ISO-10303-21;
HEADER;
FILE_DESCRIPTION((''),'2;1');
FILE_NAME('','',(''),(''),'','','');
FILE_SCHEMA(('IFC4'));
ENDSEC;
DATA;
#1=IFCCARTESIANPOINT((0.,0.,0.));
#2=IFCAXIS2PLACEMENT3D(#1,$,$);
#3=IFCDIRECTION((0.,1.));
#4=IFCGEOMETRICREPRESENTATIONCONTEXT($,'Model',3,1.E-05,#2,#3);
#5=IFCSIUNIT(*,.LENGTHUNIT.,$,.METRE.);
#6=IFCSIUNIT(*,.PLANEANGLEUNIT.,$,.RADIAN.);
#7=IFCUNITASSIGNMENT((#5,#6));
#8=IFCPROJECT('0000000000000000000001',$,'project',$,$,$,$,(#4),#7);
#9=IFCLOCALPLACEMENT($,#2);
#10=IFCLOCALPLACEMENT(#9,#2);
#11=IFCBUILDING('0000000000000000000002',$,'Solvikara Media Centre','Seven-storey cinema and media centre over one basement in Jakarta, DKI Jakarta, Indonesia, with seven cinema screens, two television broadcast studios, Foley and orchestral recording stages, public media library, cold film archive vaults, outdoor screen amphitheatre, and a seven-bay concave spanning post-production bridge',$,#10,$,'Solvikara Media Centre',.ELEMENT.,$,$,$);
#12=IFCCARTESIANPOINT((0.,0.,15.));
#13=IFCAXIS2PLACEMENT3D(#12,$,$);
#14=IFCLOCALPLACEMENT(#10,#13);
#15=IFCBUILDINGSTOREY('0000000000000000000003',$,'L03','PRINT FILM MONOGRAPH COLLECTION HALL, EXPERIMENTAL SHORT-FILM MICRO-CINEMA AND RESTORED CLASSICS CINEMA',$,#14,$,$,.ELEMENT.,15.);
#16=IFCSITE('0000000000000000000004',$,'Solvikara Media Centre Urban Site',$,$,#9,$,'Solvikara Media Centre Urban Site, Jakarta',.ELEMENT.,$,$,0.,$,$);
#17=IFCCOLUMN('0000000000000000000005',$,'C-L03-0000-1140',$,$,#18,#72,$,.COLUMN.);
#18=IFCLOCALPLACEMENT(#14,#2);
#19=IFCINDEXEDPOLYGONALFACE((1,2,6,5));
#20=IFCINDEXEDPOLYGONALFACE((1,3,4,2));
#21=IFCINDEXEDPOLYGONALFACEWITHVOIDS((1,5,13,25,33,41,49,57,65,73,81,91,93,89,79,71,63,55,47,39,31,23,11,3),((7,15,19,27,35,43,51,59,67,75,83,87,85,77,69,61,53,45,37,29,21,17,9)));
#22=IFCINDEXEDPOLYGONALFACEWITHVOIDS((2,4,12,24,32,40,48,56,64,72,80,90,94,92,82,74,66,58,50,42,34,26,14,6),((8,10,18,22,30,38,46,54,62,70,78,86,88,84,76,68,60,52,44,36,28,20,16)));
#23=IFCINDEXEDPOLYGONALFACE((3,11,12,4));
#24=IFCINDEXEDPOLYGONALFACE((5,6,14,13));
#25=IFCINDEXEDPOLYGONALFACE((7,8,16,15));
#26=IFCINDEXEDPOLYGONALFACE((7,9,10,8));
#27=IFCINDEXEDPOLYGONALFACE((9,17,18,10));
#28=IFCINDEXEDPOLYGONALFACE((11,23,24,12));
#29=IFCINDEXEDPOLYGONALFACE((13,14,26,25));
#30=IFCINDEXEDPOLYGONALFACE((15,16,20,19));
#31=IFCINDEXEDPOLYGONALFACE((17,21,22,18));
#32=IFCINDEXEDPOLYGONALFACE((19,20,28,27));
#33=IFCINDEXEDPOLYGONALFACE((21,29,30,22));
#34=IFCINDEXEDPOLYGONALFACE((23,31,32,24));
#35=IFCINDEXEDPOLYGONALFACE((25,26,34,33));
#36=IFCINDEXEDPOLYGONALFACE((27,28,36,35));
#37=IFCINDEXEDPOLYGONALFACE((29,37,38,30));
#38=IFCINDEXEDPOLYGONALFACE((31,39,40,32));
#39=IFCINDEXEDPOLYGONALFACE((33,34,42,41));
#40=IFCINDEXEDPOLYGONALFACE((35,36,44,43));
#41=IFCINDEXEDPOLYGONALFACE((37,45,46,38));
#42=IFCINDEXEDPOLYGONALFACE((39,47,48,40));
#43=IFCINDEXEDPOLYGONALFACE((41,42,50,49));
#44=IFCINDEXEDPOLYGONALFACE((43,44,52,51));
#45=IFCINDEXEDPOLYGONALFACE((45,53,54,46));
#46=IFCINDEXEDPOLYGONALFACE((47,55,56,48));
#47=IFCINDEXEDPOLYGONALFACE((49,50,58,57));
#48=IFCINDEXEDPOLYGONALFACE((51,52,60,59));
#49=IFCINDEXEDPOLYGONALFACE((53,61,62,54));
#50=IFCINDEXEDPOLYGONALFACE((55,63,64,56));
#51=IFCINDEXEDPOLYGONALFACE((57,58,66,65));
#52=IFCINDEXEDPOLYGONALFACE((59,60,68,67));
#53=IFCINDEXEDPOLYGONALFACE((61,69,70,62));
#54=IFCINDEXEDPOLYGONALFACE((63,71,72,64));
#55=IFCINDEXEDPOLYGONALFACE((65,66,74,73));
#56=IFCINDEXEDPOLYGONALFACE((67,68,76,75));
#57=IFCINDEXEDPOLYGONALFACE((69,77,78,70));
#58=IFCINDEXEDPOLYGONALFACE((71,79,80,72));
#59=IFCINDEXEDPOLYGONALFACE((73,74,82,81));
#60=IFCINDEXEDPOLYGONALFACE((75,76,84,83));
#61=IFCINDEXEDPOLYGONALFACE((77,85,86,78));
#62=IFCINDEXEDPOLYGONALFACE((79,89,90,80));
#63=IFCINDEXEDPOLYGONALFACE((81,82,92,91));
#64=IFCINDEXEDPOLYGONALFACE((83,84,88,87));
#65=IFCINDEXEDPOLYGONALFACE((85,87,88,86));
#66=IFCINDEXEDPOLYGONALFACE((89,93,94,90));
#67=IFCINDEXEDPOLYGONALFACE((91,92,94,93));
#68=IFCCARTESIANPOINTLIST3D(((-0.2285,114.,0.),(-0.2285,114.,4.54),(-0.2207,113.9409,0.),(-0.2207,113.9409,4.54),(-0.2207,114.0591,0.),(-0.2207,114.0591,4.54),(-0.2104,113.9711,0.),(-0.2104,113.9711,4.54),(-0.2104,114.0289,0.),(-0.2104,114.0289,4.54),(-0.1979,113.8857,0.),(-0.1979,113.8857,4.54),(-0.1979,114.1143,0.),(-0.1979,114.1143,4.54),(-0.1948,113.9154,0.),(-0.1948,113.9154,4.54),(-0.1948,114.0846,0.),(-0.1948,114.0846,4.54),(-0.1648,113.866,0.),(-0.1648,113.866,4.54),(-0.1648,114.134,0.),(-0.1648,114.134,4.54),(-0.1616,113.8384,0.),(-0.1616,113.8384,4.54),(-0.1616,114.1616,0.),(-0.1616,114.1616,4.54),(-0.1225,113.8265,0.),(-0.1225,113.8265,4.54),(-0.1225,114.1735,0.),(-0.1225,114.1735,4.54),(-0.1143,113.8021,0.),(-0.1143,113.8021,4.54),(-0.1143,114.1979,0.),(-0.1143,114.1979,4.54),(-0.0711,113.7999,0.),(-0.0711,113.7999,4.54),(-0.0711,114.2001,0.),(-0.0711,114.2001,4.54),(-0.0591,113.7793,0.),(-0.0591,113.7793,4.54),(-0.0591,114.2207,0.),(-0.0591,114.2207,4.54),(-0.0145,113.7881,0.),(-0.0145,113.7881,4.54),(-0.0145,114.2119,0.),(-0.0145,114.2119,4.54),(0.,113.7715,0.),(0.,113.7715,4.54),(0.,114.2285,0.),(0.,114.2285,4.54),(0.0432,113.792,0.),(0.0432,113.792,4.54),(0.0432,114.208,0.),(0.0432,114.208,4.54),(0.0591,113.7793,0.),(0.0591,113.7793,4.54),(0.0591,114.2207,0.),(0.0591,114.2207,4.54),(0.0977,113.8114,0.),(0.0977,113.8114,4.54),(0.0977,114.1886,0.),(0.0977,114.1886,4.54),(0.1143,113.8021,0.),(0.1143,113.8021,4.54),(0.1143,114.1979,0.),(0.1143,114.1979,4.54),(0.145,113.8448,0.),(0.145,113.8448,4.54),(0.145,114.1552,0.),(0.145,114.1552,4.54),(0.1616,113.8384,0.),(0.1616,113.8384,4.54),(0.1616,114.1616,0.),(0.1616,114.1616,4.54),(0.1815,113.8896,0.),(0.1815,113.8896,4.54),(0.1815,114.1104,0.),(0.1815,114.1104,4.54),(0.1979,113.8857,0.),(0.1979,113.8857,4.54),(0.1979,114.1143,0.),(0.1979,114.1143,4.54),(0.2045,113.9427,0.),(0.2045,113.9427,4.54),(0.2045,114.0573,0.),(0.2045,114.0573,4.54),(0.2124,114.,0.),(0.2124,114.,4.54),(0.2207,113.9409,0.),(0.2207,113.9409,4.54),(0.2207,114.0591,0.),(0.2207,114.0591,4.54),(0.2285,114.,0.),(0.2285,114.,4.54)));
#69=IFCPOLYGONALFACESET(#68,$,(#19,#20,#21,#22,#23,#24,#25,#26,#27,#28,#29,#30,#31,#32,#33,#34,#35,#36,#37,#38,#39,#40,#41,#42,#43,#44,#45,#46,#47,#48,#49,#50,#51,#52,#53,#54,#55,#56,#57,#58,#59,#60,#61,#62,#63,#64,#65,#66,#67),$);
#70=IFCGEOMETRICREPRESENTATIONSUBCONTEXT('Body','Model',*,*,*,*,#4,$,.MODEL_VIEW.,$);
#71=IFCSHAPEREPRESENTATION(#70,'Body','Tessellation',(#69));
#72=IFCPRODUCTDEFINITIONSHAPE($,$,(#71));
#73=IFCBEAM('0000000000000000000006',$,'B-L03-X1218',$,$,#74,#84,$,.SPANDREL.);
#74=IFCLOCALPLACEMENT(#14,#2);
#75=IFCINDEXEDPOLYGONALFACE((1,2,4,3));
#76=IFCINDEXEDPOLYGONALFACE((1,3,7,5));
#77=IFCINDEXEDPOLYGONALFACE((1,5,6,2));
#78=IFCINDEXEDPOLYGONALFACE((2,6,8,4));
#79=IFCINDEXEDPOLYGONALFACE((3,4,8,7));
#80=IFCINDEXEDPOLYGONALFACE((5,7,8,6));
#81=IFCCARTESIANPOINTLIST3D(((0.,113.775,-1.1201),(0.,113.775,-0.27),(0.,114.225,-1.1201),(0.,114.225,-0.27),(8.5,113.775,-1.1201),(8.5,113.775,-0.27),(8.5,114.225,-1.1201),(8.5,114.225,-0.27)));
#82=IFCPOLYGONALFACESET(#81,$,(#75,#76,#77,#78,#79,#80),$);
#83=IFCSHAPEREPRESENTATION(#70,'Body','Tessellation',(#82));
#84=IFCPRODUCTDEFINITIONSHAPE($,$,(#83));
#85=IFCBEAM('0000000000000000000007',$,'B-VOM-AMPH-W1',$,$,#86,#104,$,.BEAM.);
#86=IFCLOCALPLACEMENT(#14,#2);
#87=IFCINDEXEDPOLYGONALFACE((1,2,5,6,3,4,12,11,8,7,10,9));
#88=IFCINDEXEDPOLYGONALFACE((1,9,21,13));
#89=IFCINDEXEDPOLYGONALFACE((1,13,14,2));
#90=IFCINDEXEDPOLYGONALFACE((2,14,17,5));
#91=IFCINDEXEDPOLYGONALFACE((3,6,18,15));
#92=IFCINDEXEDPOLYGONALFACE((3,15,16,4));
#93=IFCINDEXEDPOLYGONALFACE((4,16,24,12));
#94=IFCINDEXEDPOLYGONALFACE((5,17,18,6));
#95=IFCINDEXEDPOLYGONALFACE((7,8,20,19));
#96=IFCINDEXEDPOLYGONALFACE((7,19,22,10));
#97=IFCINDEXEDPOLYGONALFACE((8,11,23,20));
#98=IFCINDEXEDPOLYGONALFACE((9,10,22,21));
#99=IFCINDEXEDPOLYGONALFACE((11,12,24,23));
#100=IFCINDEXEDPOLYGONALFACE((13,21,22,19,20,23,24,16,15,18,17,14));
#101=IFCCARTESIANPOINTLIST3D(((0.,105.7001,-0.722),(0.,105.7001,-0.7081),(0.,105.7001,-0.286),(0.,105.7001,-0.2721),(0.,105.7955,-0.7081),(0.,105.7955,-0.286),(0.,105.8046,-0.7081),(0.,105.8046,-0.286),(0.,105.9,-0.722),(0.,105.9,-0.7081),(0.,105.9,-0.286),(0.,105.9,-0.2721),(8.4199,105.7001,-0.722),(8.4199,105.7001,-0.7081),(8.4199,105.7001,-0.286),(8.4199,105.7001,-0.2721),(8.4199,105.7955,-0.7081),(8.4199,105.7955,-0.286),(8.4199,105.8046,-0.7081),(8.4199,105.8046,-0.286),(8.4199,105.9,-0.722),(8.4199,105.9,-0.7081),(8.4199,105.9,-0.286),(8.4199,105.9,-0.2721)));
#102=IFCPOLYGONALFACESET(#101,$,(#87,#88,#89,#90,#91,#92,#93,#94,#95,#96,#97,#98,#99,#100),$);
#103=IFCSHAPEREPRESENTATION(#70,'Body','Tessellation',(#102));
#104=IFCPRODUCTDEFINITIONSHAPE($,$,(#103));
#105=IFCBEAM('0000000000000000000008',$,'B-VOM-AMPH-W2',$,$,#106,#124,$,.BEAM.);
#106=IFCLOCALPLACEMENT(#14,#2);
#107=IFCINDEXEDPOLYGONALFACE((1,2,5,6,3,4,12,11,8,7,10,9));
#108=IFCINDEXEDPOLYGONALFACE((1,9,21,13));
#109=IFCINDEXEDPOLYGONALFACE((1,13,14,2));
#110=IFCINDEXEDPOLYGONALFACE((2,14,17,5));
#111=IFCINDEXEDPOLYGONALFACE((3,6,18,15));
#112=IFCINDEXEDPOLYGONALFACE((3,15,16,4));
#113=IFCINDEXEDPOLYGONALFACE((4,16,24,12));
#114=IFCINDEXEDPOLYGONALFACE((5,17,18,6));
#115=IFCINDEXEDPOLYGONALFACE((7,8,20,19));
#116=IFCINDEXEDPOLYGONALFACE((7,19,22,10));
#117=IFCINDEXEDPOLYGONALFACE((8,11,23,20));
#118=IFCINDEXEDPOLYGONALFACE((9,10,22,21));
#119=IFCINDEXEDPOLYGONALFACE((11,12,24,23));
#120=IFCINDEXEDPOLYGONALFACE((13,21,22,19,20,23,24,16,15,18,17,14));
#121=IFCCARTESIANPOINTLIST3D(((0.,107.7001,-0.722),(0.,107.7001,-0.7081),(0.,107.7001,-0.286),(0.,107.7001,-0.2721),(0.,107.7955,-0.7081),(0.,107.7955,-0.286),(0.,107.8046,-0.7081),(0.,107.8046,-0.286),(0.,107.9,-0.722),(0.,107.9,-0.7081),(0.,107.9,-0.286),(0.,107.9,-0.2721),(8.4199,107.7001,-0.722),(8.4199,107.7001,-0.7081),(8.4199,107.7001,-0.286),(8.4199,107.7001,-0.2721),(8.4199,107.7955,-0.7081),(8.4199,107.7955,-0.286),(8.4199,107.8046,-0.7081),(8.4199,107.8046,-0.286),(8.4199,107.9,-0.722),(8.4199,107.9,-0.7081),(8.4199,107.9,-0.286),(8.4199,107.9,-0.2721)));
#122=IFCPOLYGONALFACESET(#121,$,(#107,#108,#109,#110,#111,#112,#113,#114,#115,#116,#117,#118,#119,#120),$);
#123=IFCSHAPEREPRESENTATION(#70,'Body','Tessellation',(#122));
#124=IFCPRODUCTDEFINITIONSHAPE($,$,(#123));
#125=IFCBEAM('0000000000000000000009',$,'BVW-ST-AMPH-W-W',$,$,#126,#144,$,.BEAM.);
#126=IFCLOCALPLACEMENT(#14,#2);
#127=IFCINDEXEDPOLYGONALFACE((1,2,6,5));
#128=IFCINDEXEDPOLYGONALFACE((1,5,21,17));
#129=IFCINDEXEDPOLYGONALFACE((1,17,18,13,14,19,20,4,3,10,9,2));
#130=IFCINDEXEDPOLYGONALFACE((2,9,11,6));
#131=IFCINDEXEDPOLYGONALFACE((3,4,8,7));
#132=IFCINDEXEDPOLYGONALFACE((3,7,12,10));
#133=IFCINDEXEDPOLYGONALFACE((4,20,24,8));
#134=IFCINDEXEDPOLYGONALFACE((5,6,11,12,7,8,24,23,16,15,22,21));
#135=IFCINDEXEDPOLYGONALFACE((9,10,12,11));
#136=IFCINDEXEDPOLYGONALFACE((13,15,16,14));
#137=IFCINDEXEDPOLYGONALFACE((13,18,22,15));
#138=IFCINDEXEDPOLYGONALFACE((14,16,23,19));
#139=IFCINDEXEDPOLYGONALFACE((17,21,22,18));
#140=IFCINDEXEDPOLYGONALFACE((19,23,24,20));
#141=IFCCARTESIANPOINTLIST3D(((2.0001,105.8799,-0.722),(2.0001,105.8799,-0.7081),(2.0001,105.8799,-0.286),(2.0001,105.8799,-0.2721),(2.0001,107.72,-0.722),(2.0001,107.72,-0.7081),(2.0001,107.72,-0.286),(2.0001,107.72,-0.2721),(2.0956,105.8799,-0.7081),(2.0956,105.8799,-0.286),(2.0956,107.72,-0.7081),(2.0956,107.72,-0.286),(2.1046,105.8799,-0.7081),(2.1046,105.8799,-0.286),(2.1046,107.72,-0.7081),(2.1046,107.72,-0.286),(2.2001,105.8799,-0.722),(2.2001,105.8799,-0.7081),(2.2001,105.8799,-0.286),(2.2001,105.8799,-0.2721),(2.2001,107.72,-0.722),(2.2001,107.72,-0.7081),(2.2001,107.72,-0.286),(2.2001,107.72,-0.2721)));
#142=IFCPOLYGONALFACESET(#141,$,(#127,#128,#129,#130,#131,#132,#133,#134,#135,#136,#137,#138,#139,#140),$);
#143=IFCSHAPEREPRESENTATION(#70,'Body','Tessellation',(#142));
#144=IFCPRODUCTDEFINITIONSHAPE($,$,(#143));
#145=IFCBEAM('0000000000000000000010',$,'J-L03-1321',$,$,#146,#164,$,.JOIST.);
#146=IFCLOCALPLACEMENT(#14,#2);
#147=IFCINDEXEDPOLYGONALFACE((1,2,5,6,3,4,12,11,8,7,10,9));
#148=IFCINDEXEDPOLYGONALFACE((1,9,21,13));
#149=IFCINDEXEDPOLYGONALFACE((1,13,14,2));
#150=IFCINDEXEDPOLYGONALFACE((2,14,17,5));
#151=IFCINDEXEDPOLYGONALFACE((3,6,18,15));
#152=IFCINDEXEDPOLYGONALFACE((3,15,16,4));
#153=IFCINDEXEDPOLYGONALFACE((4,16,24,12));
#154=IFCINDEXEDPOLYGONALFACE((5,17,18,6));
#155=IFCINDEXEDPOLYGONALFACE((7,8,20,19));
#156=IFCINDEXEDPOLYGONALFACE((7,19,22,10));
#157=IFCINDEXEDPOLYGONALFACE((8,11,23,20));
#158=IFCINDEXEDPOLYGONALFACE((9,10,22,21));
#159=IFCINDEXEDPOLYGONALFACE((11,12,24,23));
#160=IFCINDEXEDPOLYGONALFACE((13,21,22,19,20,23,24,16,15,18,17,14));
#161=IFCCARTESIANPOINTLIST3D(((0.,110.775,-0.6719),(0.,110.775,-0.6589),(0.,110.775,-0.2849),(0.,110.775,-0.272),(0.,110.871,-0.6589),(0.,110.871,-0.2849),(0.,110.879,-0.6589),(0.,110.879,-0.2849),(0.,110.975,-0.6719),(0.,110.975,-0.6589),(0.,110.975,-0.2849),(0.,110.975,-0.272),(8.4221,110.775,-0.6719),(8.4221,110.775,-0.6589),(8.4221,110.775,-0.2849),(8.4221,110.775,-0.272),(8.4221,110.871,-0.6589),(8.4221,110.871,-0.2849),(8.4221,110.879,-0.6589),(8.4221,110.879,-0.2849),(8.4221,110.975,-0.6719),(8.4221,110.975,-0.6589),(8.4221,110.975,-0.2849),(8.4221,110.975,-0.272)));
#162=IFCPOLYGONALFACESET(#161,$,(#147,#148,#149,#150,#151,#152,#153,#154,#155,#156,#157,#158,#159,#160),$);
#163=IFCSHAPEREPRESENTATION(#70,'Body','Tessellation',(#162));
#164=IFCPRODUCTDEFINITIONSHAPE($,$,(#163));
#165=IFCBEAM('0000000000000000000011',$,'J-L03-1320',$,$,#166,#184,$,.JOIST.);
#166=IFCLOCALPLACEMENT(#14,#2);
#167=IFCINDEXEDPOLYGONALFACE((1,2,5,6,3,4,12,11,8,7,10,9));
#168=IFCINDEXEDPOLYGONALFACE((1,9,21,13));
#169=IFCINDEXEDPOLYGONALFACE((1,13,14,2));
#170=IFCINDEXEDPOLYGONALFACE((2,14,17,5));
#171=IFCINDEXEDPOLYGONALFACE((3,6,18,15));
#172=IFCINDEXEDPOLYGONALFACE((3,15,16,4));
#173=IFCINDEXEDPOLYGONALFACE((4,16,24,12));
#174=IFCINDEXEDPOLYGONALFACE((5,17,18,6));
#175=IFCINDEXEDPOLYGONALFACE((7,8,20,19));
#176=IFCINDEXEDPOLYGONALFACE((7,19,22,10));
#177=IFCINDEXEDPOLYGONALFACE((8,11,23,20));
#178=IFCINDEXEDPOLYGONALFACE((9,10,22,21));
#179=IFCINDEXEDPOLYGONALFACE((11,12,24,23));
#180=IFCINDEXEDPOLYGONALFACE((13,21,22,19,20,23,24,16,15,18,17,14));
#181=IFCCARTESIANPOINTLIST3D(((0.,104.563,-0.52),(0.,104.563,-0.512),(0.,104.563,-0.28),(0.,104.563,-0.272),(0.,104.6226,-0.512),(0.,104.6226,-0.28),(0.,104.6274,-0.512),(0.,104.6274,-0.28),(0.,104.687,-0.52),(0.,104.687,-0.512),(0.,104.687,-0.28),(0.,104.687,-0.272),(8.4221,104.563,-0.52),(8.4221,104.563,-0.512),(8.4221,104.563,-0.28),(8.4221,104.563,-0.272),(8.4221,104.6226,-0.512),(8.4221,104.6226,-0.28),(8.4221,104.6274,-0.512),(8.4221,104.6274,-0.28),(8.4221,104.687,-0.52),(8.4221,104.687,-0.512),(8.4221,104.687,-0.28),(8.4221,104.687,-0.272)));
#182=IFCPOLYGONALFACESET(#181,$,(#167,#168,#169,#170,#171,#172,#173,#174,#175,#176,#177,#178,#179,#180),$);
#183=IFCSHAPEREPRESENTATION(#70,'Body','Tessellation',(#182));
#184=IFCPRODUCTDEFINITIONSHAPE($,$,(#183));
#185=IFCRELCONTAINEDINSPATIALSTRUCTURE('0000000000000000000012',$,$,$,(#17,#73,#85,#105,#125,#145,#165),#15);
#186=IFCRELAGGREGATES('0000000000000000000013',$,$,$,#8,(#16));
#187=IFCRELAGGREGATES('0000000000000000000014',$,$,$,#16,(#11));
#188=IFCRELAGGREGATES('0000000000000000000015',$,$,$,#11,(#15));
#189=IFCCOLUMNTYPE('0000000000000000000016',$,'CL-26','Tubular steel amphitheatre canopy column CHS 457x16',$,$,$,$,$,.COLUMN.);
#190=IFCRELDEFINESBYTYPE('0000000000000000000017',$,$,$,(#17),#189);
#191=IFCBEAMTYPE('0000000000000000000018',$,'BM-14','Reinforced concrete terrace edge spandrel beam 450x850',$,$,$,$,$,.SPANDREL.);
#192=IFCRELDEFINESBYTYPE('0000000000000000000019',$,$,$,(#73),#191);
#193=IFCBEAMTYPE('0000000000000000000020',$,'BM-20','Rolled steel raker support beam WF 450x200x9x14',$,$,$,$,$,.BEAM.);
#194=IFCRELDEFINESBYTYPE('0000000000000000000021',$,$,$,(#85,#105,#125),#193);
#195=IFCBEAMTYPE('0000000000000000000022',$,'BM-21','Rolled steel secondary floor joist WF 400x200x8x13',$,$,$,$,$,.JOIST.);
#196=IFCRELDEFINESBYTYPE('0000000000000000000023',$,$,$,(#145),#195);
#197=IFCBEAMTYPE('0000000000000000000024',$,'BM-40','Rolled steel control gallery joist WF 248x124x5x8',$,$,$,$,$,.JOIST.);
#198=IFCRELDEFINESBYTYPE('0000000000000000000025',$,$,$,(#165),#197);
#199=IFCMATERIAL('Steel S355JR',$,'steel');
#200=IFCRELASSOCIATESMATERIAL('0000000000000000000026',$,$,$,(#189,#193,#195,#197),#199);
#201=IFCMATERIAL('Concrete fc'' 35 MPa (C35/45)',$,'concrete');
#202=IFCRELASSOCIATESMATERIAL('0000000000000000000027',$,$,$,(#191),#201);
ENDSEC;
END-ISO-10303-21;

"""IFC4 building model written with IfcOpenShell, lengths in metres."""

from ifc_helpers import new_model, si_unit, direction, frame, origin, origin_2d, place, context, subcontext, project, spatial, rectangle, hollow_circle, i_section, extrude, material, material_profile, profile_set, type_object, element, save


model = new_model("IFC4")

# Units and contexts
model_context = context("Model", 3, precision=1e-05, world=origin(), true_north=direction((0.0, 1.0)))
body_context = subcontext(model_context, "Body", "Model", "MODEL_VIEW")
ifc_project = project(units=[si_unit("LENGTHUNIT", "METRE"), si_unit("PLANEANGLEUNIT", "RADIAN")], contexts=[model_context])

# Site, building, storey
site_placement = place(None, origin())
site = spatial("IfcSite", under=ifc_project, at=site_placement, Name="Solvikara Media Centre Urban Site", LongName="Solvikara Media Centre Urban Site, Jakarta", CompositionType="ELEMENT", RefElevation=0.0)
building_placement = place(site_placement, origin())
building = spatial("IfcBuilding", under=site, at=building_placement, Name="Solvikara Media Centre", Description="Seven-storey cinema and media centre over one basement in Jakarta, DKI Jakarta, Indonesia, with seven cinema screens, two television broadcast studios, Foley and orchestral recording stages, public media library, cold film archive vaults, outdoor screen amphitheatre, and a seven-bay concave spanning post-production bridge", LongName="Solvikara Media Centre", CompositionType="ELEMENT")
storey_placement = place(building_placement, frame((0.0, 0.0, 15.0)))
storey = spatial("IfcBuildingStorey", under=building, at=storey_placement, Name="L03", Description="PRINT FILM MONOGRAPH COLLECTION HALL, EXPERIMENTAL SHORT-FILM MICRO-CINEMA AND RESTORED CLASSICS CINEMA", CompositionType="ELEMENT", Elevation=15.0)

# Column
ifc_material_1 = material(Name="Steel S355JR", Category="steel")
ifc_material_profile_1 = material_profile(ifc_material_1, hollow_circle(Radius=0.2285, WallThickness=0.0161, at=origin_2d()), Name="CHS 457x16")
ifc_profile_set_1 = profile_set([ifc_material_profile_1], Name="Steel S355JR")
column_type = type_object("IfcColumnType", Name="CL-26", Description="Tubular steel amphitheatre canopy column CHS 457x16", PredefinedType="COLUMN", material=ifc_profile_set_1)
column_placement = place(storey_placement, frame((0.0, 114.0, 0.0), z_axis=(0.0, 0.0, 1.0), x_axis=(1.0, 0.0, 0.0)))
element("IfcColumn", 1, at=column_placement, inside=storey, type_object=column_type, Name="C-L03-0000-1140", PredefinedType="COLUMN", context=body_context, shape_type="SweptSolid", body=[
    extrude(hollow_circle(Radius=0.2285, WallThickness=0.0161, at=origin_2d()), origin(), (0.0, 0.0, 1.0), 4.54),
])

# Beams
ifc_material_2 = material(Name="Concrete fc' 35 MPa (C35/45)", Category="concrete")
ifc_material_profile_2 = material_profile(ifc_material_2, rectangle(XDim=0.45, YDim=0.8501, at=origin_2d()), Name="RC 450x850")
ifc_profile_set_2 = profile_set([ifc_material_profile_2], Name="Concrete fc' 35 MPa (C35/45)")
beam_type_1 = type_object("IfcBeamType", Name="BM-14", Description="Reinforced concrete terrace edge spandrel beam 450x850", PredefinedType="SPANDREL", material=ifc_profile_set_2)
beam_1_placement = place(storey_placement, frame((0.0, 114.0, -0.6951), z_axis=(1.0, 0.0, 0.0), x_axis=(0.0, 1.0, 0.0)))
element("IfcBeam", 2, at=beam_1_placement, inside=storey, type_object=beam_type_1, Name="B-L03-X1218", PredefinedType="SPANDREL", context=body_context, shape_type="SweptSolid", body=[
    extrude(rectangle(XDim=0.45, YDim=0.8501, at=origin_2d()), origin(), (0.0, 0.0, 1.0), 8.5),
])
ifc_material_profile_3 = material_profile(ifc_material_1, i_section(OverallWidth=0.2, OverallDepth=0.45, WebThickness=0.009, FlangeThickness=0.0139, at=origin_2d()), Name="WF 450x200x9x14")
ifc_profile_set_3 = profile_set([ifc_material_profile_3], Name="Steel S355JR")
beam_type_2 = type_object("IfcBeamType", Name="BM-20", Description="Rolled steel raker support beam WF 450x200x9x14", PredefinedType="BEAM", material=ifc_profile_set_3)
for number, where, z_axis, x_axis, name in (
    (3, (0.0, 105.8, -0.4971), (1.0, 0.0, 0.0), (0.0, 1.0, 0.0), "B-VOM-AMPH-W1"),
    (4, (0.0, 107.8, -0.4971), (1.0, 0.0, 0.0), (0.0, 1.0, 0.0), "B-VOM-AMPH-W2"),
):
    element("IfcBeam", number, at=place(storey_placement, frame(where, z_axis=z_axis, x_axis=x_axis)), inside=storey, type_object=beam_type_2, Name=name, PredefinedType="BEAM", context=body_context, shape_type="SweptSolid", body=[
        extrude(i_section(OverallWidth=0.2, OverallDepth=0.45, WebThickness=0.009, FlangeThickness=0.0139, at=origin_2d()), origin(), (0.0, 0.0, 1.0), 8.4199),
    ])
beam_2_placement = place(storey_placement, frame((2.1001, 105.8799, -0.4971), z_axis=(0.0, 1.0, 0.0), x_axis=(-1.0, 0.0, 0.0)))
element("IfcBeam", 5, at=beam_2_placement, inside=storey, type_object=beam_type_2, Name="BVW-ST-AMPH-W-W", PredefinedType="BEAM", context=body_context, shape_type="SweptSolid", body=[
    extrude(i_section(OverallWidth=0.2, OverallDepth=0.45, WebThickness=0.009, FlangeThickness=0.0139, at=origin_2d()), origin(), (0.0, 0.0, 1.0), 1.8401),
])
ifc_material_profile_4 = material_profile(ifc_material_1, i_section(OverallWidth=0.2, OverallDepth=0.3999, WebThickness=0.0081, FlangeThickness=0.0129, at=origin_2d()), Name="WF 400x200x8x13")
ifc_profile_set_4 = profile_set([ifc_material_profile_4], Name="Steel S355JR")
beam_type_3 = type_object("IfcBeamType", Name="BM-21", Description="Rolled steel secondary floor joist WF 400x200x8x13", PredefinedType="JOIST", material=ifc_profile_set_4)
beam_3_placement = place(storey_placement, frame((0.0, 110.875, -0.4719), z_axis=(1.0, 0.0, 0.0), x_axis=(0.0, 1.0, 0.0)))
element("IfcBeam", 6, at=beam_3_placement, inside=storey, type_object=beam_type_3, Name="J-L03-1321", PredefinedType="JOIST", context=body_context, shape_type="SweptSolid", body=[
    extrude(i_section(OverallWidth=0.2, OverallDepth=0.3999, WebThickness=0.0081, FlangeThickness=0.0129, at=origin_2d()), origin(), (0.0, 0.0, 1.0), 8.4221),
])
ifc_material_profile_5 = material_profile(ifc_material_1, i_section(OverallWidth=0.124, OverallDepth=0.248, WebThickness=0.0049, FlangeThickness=0.0081, at=origin_2d()), Name="WF 248x124x5x8")
ifc_profile_set_5 = profile_set([ifc_material_profile_5], Name="Steel S355JR")
beam_type_4 = type_object("IfcBeamType", Name="BM-40", Description="Rolled steel control gallery joist WF 248x124x5x8", PredefinedType="JOIST", material=ifc_profile_set_5)
beam_4_placement = place(storey_placement, frame((0.0, 104.625, -0.396), z_axis=(1.0, 0.0, 0.0), x_axis=(0.0, 1.0, 0.0)))
element("IfcBeam", 7, at=beam_4_placement, inside=storey, type_object=beam_type_4, Name="J-L03-1320", PredefinedType="JOIST", context=body_context, shape_type="SweptSolid", body=[
    extrude(i_section(OverallWidth=0.124, OverallDepth=0.248, WebThickness=0.0049, FlangeThickness=0.0081, at=origin_2d()), origin(), (0.0, 0.0, 1.0), 8.4221),
])

save(model, "model.ifc")
